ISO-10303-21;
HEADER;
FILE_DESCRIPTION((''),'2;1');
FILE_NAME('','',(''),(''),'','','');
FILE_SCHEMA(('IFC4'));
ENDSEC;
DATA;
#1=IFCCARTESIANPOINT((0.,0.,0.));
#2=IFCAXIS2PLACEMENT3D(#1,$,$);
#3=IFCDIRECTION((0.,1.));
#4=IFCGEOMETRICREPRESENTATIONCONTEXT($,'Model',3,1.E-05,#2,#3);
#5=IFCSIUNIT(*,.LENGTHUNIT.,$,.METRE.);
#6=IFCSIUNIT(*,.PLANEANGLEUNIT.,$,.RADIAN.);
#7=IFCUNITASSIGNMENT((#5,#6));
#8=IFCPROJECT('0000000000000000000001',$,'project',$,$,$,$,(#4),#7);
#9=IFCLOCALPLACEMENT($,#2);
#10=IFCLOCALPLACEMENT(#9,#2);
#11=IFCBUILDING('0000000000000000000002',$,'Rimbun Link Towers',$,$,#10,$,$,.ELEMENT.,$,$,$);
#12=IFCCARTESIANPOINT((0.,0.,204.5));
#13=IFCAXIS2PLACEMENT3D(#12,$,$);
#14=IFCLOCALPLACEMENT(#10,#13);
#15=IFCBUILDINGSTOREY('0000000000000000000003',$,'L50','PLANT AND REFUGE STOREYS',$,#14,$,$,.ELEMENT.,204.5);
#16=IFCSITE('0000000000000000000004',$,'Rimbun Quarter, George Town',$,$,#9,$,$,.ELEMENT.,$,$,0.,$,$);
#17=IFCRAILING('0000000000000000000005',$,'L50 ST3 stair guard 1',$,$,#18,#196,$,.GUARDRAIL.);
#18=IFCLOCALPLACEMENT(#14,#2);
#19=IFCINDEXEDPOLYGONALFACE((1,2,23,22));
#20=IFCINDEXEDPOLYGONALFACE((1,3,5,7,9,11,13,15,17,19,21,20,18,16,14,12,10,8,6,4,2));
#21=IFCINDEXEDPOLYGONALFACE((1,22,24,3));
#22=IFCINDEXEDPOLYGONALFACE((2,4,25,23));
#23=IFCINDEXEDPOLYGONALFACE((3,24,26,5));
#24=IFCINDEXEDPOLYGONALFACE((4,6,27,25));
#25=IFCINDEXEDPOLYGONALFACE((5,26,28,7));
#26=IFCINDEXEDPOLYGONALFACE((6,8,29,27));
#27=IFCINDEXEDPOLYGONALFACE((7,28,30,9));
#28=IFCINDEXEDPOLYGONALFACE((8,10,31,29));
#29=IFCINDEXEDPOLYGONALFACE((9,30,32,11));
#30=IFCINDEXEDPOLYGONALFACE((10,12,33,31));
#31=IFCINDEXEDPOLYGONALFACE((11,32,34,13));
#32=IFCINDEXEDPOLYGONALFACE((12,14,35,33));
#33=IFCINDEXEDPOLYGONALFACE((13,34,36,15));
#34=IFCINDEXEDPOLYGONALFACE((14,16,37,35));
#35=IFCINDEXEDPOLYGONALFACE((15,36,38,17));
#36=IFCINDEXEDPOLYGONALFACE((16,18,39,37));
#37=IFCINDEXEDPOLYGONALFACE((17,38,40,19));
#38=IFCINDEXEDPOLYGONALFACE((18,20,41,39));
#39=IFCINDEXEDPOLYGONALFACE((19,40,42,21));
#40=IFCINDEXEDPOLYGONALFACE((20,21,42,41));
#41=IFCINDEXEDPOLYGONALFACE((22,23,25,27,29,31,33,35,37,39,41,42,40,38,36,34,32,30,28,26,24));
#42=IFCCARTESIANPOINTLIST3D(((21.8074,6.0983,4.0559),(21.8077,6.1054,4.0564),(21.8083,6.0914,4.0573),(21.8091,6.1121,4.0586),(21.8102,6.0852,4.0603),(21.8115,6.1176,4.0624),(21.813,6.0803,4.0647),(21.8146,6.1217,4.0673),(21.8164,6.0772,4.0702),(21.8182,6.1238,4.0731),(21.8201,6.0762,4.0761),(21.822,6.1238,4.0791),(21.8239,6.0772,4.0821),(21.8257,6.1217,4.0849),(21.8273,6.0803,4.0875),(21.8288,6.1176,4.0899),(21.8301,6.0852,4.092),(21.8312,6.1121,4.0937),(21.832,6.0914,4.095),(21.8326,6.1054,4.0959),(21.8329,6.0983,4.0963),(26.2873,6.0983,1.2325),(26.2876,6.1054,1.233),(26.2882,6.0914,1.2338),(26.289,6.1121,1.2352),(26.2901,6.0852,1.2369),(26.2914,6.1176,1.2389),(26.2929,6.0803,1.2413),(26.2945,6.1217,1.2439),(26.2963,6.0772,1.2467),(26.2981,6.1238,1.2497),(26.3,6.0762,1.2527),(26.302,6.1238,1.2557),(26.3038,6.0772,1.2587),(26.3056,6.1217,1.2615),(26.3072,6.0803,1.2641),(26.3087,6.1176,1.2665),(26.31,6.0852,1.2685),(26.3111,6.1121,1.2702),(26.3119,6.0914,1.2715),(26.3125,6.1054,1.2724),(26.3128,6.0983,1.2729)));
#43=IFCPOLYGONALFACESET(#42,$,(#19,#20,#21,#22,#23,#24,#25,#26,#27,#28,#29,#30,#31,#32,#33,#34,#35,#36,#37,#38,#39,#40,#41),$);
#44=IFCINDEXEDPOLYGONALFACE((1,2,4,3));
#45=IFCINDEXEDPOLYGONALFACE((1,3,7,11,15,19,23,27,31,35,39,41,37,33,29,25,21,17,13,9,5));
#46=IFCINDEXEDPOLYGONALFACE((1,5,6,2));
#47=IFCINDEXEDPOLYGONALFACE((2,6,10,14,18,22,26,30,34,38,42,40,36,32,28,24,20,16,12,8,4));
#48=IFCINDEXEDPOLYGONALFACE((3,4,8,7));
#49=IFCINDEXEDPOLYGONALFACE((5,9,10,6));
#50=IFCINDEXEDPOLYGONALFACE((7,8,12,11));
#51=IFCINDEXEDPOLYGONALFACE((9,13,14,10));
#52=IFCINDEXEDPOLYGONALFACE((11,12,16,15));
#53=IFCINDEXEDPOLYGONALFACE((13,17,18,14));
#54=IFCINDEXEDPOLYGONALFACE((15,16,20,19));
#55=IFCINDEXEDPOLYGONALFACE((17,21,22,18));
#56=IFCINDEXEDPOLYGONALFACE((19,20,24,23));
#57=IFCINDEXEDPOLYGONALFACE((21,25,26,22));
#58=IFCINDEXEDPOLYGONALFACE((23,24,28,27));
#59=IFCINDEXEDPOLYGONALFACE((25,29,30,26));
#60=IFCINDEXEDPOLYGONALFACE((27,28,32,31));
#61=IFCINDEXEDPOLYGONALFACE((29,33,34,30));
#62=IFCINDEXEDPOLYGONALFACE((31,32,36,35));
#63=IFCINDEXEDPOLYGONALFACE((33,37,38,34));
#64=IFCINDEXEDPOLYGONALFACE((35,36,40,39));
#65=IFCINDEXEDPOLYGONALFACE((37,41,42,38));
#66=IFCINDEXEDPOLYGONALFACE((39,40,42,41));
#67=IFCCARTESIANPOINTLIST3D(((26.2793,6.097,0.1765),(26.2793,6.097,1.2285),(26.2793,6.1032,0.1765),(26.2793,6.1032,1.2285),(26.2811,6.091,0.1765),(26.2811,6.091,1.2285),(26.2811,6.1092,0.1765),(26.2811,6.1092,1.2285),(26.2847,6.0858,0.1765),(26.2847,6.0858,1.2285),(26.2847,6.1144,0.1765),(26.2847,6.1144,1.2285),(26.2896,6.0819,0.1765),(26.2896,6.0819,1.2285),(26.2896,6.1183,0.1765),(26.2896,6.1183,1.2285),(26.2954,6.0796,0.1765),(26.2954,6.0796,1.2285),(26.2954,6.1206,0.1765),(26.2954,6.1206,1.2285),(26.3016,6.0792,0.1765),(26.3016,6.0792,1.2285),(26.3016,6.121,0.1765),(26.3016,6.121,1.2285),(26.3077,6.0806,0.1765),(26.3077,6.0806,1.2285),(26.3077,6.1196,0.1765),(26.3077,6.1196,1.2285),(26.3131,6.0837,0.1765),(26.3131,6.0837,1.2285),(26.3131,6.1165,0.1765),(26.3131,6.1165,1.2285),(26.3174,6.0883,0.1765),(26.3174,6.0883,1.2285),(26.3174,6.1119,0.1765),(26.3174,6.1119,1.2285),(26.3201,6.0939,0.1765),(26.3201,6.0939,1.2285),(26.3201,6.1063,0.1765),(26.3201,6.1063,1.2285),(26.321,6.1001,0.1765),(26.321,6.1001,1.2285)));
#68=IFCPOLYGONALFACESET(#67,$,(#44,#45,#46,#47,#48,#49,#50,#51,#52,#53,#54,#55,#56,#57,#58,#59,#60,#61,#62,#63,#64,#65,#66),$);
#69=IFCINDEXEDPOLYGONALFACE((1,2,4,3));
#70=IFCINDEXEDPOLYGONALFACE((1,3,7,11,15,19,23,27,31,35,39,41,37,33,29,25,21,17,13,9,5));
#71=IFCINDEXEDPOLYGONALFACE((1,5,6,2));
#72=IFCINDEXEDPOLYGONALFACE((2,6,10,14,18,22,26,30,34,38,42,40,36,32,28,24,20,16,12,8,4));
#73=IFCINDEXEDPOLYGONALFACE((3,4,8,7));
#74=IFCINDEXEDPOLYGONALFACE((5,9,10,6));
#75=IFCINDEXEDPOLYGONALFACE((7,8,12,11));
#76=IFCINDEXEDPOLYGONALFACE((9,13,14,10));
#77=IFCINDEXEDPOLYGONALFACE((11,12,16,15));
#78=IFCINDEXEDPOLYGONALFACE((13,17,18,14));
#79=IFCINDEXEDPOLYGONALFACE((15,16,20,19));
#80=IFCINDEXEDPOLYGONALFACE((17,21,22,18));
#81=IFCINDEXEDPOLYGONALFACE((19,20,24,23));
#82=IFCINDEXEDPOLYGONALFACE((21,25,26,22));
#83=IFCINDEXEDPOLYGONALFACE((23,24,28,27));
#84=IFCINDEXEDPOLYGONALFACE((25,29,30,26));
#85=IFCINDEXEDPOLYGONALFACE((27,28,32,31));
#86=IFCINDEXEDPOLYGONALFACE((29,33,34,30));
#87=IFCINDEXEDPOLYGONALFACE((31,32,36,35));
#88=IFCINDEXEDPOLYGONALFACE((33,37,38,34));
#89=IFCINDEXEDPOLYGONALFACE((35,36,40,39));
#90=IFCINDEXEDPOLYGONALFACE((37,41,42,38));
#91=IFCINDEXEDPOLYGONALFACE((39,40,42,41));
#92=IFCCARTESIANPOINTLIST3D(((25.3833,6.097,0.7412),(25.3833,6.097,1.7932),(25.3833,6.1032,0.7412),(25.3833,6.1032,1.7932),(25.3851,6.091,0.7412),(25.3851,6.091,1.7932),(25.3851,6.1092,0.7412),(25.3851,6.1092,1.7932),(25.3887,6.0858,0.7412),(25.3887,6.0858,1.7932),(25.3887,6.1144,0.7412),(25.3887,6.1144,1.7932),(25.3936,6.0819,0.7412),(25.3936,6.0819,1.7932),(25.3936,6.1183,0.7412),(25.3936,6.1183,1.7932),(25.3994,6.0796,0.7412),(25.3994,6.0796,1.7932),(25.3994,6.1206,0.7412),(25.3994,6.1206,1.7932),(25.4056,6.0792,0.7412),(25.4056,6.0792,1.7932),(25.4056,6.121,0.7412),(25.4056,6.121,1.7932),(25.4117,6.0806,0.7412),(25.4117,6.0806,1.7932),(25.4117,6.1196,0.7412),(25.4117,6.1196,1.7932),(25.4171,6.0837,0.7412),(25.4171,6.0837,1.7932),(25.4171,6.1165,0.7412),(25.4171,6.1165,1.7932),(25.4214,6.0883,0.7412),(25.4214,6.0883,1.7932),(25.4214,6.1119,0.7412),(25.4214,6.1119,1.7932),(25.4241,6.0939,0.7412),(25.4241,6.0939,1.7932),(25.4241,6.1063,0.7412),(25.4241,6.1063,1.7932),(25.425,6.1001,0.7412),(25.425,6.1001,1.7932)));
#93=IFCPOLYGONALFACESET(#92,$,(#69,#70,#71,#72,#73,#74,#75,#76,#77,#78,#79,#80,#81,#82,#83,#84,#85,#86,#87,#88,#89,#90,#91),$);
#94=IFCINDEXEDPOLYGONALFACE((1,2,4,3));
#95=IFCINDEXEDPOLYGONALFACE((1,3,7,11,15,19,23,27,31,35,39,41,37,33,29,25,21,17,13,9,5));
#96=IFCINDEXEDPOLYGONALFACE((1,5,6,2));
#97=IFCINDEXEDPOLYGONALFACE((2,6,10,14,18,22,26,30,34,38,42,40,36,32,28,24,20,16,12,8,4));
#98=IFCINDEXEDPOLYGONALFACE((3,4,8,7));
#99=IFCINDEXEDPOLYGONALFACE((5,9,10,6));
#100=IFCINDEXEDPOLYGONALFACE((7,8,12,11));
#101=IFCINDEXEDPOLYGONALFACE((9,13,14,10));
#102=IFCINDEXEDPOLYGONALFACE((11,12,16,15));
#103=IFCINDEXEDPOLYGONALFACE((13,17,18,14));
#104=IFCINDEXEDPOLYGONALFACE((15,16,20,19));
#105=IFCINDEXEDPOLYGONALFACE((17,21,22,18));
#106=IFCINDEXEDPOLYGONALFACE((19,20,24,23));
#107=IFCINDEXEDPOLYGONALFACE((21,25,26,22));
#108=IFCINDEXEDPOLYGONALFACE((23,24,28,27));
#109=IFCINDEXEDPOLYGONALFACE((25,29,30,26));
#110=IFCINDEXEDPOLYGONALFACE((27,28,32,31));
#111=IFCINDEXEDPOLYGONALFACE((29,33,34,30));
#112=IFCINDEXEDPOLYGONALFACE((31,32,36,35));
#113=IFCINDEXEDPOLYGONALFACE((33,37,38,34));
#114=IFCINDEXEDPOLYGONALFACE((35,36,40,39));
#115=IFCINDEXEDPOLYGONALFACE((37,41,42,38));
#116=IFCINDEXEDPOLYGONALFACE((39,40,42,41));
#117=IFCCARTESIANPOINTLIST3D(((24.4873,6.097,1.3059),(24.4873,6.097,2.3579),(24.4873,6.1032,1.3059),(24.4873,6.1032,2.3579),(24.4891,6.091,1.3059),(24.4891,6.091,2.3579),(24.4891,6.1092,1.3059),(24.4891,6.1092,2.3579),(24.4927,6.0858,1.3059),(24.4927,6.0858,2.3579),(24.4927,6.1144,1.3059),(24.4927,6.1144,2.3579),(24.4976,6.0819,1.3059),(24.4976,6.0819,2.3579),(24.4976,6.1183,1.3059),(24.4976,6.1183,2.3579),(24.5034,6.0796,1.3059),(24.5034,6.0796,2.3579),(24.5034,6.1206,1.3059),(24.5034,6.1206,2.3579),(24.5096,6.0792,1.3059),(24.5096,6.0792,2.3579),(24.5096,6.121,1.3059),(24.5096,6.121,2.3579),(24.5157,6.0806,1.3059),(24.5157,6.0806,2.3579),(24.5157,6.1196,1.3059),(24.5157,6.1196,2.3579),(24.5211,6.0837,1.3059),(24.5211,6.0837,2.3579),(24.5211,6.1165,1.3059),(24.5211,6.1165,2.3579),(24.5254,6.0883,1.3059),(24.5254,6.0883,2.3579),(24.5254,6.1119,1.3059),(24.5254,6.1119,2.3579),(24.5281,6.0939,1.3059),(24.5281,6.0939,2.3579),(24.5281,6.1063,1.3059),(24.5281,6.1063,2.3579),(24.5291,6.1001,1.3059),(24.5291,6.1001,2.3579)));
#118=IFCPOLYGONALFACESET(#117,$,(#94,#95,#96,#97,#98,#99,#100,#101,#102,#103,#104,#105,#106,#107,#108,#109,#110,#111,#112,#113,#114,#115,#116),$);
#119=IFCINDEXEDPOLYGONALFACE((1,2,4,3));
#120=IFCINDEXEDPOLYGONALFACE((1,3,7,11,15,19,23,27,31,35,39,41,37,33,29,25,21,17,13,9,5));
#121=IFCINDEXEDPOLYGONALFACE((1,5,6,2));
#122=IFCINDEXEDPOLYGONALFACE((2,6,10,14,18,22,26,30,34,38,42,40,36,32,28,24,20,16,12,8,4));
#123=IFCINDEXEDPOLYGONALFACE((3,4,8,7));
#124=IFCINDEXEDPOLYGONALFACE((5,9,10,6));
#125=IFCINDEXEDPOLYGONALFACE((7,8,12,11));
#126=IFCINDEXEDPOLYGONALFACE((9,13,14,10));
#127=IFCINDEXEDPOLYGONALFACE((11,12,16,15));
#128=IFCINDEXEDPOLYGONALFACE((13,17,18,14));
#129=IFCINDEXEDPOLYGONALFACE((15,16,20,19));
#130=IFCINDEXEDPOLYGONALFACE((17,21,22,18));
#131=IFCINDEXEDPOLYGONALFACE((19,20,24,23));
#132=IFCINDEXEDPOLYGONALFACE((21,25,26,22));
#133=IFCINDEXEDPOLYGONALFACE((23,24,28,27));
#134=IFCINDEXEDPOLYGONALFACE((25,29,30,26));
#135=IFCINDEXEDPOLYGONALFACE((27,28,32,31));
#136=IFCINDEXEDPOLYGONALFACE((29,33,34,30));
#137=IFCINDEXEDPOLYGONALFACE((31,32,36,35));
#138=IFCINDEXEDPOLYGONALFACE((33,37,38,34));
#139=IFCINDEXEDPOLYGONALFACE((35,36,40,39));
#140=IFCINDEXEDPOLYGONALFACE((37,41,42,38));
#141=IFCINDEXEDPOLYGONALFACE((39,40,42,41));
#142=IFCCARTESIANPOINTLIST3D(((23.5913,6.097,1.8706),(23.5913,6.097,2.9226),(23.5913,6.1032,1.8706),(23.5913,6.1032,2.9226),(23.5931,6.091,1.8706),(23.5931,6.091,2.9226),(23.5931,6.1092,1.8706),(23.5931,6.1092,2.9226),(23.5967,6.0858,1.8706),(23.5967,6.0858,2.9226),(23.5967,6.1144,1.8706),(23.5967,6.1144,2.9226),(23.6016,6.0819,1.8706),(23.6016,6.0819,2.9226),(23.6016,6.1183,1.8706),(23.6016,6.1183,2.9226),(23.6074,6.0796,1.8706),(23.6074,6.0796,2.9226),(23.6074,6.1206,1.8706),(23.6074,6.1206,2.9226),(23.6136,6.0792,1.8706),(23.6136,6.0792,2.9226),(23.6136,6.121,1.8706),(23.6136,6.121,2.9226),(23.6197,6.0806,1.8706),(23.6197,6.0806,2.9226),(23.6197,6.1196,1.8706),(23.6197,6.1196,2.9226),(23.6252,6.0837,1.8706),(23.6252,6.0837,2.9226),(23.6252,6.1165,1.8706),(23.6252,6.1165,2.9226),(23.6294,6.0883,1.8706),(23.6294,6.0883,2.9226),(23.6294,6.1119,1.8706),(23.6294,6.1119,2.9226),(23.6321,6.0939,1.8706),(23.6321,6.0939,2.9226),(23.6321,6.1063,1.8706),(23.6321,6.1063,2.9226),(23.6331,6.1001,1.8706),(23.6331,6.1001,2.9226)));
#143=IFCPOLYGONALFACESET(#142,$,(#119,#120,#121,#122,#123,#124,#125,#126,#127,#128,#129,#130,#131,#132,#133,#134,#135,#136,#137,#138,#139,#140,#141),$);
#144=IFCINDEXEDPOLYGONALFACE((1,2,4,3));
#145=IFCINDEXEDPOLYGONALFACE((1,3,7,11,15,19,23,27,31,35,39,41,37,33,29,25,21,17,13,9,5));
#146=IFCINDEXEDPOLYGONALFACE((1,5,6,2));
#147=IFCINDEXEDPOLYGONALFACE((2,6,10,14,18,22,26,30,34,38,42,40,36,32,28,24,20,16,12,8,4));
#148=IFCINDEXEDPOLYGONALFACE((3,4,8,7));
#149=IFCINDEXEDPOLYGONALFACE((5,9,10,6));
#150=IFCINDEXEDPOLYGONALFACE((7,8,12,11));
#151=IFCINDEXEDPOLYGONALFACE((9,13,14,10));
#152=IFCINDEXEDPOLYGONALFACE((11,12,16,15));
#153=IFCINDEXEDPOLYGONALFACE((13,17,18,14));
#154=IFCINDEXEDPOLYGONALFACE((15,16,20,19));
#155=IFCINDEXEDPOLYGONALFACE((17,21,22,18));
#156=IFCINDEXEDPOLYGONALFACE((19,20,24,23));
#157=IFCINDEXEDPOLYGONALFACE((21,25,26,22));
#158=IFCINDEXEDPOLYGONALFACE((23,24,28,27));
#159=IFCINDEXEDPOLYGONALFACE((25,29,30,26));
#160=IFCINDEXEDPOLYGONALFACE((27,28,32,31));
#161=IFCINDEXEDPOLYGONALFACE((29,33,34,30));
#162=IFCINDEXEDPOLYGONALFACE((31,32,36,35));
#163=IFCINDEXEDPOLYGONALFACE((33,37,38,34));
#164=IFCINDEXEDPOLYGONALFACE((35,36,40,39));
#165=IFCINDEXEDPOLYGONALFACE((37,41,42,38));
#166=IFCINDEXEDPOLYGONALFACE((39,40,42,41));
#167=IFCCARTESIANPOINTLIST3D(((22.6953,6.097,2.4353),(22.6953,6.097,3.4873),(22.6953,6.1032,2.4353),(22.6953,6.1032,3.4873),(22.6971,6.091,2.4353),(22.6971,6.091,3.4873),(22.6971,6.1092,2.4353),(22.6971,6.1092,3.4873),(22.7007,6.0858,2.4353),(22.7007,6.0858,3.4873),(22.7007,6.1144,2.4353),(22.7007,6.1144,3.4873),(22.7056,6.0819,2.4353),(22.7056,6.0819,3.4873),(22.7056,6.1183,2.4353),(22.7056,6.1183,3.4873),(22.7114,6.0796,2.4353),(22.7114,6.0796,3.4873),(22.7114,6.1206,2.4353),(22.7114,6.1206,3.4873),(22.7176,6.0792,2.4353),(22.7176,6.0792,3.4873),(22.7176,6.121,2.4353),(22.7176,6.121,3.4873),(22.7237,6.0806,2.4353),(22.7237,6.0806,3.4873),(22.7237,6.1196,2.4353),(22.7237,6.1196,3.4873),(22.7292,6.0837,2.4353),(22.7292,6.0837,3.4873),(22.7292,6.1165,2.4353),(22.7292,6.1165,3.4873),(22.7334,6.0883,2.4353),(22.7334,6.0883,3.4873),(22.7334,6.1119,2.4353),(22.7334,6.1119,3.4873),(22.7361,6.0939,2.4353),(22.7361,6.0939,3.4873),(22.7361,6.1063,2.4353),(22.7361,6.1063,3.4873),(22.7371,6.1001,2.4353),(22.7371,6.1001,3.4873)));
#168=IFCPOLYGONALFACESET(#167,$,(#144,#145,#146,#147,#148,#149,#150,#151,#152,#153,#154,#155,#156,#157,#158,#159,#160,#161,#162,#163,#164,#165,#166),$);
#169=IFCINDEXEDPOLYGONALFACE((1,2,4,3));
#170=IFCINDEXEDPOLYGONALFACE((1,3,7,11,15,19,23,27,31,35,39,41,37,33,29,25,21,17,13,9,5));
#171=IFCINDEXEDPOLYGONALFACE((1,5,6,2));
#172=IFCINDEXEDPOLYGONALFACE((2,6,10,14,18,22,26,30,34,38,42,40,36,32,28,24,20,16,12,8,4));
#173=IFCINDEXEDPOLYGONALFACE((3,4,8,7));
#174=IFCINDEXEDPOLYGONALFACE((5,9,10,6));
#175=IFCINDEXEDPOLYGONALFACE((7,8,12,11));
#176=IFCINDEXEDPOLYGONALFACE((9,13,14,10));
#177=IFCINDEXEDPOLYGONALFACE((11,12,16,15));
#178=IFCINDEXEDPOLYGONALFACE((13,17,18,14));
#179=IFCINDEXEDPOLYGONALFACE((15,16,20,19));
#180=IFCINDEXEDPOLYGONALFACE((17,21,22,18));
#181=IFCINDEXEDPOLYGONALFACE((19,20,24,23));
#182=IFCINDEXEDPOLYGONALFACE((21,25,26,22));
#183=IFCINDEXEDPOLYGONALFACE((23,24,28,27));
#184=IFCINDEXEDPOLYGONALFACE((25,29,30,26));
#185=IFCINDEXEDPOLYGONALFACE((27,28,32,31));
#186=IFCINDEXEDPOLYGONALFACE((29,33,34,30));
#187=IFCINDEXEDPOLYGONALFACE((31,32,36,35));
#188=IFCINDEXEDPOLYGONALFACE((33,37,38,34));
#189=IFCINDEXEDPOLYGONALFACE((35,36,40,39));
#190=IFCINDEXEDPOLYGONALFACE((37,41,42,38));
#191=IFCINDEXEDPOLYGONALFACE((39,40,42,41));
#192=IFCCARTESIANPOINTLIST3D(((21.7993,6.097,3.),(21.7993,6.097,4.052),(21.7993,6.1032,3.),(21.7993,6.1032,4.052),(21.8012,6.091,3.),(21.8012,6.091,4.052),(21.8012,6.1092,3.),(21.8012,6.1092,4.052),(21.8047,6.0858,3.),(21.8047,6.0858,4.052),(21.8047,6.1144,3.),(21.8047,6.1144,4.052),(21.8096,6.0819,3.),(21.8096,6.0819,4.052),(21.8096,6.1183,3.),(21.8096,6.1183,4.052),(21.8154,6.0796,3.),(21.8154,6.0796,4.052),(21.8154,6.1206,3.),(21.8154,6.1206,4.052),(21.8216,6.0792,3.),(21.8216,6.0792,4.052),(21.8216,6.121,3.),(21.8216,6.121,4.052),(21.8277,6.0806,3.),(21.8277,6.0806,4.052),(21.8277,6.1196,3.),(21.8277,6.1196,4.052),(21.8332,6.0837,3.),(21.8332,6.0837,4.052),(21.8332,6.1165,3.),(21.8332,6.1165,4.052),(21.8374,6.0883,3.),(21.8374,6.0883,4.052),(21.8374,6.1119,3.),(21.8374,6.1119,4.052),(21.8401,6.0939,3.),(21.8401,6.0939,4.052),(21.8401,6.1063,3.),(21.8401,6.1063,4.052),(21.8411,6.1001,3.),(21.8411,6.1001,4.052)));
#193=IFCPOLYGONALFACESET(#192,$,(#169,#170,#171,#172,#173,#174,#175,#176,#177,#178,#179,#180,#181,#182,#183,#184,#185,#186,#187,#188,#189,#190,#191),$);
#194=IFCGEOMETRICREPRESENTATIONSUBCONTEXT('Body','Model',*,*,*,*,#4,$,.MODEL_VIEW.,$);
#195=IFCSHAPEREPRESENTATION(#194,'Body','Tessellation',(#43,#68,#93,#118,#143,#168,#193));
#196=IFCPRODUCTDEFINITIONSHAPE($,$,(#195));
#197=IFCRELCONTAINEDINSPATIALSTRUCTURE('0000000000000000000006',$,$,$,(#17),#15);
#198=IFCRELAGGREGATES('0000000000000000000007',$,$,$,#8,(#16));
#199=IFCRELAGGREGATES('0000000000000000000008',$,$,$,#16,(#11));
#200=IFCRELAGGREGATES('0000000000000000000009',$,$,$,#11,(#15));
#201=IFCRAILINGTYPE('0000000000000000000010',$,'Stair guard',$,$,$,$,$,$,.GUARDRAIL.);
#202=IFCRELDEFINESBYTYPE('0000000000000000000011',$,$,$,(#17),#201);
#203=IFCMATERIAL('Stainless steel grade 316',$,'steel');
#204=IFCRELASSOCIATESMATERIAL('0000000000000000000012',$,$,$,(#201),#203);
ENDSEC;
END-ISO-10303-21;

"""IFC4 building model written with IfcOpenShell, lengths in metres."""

from ifc_helpers import new_model, si_unit, direction, frame, origin, origin_2d, place, context, subcontext, project, spatial, circle, extrude, material, type_object, element, save


model = new_model("IFC4")

# Units and contexts
model_context = context("Model", 3, precision=1e-05, world=origin(), true_north=direction((0.0, 1.0)))
body_context = subcontext(model_context, "Body", "Model", "MODEL_VIEW")
ifc_project = project(units=[si_unit("LENGTHUNIT", "METRE"), si_unit("PLANEANGLEUNIT", "RADIAN")], contexts=[model_context])

# Site, building, storey
site_placement = place(None, origin())
site = spatial("IfcSite", under=ifc_project, at=site_placement, Name="Rimbun Quarter, George Town", CompositionType="ELEMENT", RefElevation=0.0)
building_placement = place(site_placement, origin())
building = spatial("IfcBuilding", under=site, at=building_placement, Name="Rimbun Link Towers", CompositionType="ELEMENT")
storey_placement = place(building_placement, frame((0.0, 0.0, 204.5)))
storey = spatial("IfcBuildingStorey", under=building, at=storey_placement, Name="L50", Description="PLANT AND REFUGE STOREYS", CompositionType="ELEMENT", Elevation=204.5)

# Railing
ifc_material_1 = material(Name="Stainless steel grade 316", Category="steel")
railing_type_1 = type_object("IfcRailingType", Name="Stair guard", PredefinedType="GUARDRAIL", material=ifc_material_1)
railing_1_placement = place(storey_placement, frame((26.3, 6.1001, 0.1765)))
element("IfcRailing", 1, at=railing_1_placement, inside=storey, type_object=railing_type_1, Name="L50 ST3 stair guard 1", PredefinedType="GUARDRAIL", context=body_context, shape_type="SweptSolid", body=[
    extrude(circle(Radius=0.0239, at=origin_2d()), frame((0.0, 0.0, 1.0762), z_axis=(-0.845998, 0.0, 0.533186), x_axis=(0.0, -1.0, 0.0)), (0.0, 0.0, 1.0), 5.2954),
    extrude(circle(Radius=0.021, at=origin_2d()), origin(), (0.0, 0.0, 1.0), 1.052),
    extrude(circle(Radius=0.021, at=origin_2d()), frame((-0.896, 0.0, 0.5647)), (0.0, 0.0, 1.0), 1.052),
    extrude(circle(Radius=0.021, at=origin_2d()), frame((-1.792, 0.0, 1.1294)), (0.0, 0.0, 1.0), 1.052),
    extrude(circle(Radius=0.021, at=origin_2d()), frame((-2.688, 0.0, 1.6941)), (0.0, 0.0, 1.0), 1.052),
    extrude(circle(Radius=0.021, at=origin_2d()), frame((-3.584, 0.0, 2.2588)), (0.0, 0.0, 1.0), 1.052),
    extrude(circle(Radius=0.021, at=origin_2d()), frame((-4.48, 0.0, 2.8235)), (0.0, 0.0, 1.0), 1.052),
])

save(model, "model.ifc")
